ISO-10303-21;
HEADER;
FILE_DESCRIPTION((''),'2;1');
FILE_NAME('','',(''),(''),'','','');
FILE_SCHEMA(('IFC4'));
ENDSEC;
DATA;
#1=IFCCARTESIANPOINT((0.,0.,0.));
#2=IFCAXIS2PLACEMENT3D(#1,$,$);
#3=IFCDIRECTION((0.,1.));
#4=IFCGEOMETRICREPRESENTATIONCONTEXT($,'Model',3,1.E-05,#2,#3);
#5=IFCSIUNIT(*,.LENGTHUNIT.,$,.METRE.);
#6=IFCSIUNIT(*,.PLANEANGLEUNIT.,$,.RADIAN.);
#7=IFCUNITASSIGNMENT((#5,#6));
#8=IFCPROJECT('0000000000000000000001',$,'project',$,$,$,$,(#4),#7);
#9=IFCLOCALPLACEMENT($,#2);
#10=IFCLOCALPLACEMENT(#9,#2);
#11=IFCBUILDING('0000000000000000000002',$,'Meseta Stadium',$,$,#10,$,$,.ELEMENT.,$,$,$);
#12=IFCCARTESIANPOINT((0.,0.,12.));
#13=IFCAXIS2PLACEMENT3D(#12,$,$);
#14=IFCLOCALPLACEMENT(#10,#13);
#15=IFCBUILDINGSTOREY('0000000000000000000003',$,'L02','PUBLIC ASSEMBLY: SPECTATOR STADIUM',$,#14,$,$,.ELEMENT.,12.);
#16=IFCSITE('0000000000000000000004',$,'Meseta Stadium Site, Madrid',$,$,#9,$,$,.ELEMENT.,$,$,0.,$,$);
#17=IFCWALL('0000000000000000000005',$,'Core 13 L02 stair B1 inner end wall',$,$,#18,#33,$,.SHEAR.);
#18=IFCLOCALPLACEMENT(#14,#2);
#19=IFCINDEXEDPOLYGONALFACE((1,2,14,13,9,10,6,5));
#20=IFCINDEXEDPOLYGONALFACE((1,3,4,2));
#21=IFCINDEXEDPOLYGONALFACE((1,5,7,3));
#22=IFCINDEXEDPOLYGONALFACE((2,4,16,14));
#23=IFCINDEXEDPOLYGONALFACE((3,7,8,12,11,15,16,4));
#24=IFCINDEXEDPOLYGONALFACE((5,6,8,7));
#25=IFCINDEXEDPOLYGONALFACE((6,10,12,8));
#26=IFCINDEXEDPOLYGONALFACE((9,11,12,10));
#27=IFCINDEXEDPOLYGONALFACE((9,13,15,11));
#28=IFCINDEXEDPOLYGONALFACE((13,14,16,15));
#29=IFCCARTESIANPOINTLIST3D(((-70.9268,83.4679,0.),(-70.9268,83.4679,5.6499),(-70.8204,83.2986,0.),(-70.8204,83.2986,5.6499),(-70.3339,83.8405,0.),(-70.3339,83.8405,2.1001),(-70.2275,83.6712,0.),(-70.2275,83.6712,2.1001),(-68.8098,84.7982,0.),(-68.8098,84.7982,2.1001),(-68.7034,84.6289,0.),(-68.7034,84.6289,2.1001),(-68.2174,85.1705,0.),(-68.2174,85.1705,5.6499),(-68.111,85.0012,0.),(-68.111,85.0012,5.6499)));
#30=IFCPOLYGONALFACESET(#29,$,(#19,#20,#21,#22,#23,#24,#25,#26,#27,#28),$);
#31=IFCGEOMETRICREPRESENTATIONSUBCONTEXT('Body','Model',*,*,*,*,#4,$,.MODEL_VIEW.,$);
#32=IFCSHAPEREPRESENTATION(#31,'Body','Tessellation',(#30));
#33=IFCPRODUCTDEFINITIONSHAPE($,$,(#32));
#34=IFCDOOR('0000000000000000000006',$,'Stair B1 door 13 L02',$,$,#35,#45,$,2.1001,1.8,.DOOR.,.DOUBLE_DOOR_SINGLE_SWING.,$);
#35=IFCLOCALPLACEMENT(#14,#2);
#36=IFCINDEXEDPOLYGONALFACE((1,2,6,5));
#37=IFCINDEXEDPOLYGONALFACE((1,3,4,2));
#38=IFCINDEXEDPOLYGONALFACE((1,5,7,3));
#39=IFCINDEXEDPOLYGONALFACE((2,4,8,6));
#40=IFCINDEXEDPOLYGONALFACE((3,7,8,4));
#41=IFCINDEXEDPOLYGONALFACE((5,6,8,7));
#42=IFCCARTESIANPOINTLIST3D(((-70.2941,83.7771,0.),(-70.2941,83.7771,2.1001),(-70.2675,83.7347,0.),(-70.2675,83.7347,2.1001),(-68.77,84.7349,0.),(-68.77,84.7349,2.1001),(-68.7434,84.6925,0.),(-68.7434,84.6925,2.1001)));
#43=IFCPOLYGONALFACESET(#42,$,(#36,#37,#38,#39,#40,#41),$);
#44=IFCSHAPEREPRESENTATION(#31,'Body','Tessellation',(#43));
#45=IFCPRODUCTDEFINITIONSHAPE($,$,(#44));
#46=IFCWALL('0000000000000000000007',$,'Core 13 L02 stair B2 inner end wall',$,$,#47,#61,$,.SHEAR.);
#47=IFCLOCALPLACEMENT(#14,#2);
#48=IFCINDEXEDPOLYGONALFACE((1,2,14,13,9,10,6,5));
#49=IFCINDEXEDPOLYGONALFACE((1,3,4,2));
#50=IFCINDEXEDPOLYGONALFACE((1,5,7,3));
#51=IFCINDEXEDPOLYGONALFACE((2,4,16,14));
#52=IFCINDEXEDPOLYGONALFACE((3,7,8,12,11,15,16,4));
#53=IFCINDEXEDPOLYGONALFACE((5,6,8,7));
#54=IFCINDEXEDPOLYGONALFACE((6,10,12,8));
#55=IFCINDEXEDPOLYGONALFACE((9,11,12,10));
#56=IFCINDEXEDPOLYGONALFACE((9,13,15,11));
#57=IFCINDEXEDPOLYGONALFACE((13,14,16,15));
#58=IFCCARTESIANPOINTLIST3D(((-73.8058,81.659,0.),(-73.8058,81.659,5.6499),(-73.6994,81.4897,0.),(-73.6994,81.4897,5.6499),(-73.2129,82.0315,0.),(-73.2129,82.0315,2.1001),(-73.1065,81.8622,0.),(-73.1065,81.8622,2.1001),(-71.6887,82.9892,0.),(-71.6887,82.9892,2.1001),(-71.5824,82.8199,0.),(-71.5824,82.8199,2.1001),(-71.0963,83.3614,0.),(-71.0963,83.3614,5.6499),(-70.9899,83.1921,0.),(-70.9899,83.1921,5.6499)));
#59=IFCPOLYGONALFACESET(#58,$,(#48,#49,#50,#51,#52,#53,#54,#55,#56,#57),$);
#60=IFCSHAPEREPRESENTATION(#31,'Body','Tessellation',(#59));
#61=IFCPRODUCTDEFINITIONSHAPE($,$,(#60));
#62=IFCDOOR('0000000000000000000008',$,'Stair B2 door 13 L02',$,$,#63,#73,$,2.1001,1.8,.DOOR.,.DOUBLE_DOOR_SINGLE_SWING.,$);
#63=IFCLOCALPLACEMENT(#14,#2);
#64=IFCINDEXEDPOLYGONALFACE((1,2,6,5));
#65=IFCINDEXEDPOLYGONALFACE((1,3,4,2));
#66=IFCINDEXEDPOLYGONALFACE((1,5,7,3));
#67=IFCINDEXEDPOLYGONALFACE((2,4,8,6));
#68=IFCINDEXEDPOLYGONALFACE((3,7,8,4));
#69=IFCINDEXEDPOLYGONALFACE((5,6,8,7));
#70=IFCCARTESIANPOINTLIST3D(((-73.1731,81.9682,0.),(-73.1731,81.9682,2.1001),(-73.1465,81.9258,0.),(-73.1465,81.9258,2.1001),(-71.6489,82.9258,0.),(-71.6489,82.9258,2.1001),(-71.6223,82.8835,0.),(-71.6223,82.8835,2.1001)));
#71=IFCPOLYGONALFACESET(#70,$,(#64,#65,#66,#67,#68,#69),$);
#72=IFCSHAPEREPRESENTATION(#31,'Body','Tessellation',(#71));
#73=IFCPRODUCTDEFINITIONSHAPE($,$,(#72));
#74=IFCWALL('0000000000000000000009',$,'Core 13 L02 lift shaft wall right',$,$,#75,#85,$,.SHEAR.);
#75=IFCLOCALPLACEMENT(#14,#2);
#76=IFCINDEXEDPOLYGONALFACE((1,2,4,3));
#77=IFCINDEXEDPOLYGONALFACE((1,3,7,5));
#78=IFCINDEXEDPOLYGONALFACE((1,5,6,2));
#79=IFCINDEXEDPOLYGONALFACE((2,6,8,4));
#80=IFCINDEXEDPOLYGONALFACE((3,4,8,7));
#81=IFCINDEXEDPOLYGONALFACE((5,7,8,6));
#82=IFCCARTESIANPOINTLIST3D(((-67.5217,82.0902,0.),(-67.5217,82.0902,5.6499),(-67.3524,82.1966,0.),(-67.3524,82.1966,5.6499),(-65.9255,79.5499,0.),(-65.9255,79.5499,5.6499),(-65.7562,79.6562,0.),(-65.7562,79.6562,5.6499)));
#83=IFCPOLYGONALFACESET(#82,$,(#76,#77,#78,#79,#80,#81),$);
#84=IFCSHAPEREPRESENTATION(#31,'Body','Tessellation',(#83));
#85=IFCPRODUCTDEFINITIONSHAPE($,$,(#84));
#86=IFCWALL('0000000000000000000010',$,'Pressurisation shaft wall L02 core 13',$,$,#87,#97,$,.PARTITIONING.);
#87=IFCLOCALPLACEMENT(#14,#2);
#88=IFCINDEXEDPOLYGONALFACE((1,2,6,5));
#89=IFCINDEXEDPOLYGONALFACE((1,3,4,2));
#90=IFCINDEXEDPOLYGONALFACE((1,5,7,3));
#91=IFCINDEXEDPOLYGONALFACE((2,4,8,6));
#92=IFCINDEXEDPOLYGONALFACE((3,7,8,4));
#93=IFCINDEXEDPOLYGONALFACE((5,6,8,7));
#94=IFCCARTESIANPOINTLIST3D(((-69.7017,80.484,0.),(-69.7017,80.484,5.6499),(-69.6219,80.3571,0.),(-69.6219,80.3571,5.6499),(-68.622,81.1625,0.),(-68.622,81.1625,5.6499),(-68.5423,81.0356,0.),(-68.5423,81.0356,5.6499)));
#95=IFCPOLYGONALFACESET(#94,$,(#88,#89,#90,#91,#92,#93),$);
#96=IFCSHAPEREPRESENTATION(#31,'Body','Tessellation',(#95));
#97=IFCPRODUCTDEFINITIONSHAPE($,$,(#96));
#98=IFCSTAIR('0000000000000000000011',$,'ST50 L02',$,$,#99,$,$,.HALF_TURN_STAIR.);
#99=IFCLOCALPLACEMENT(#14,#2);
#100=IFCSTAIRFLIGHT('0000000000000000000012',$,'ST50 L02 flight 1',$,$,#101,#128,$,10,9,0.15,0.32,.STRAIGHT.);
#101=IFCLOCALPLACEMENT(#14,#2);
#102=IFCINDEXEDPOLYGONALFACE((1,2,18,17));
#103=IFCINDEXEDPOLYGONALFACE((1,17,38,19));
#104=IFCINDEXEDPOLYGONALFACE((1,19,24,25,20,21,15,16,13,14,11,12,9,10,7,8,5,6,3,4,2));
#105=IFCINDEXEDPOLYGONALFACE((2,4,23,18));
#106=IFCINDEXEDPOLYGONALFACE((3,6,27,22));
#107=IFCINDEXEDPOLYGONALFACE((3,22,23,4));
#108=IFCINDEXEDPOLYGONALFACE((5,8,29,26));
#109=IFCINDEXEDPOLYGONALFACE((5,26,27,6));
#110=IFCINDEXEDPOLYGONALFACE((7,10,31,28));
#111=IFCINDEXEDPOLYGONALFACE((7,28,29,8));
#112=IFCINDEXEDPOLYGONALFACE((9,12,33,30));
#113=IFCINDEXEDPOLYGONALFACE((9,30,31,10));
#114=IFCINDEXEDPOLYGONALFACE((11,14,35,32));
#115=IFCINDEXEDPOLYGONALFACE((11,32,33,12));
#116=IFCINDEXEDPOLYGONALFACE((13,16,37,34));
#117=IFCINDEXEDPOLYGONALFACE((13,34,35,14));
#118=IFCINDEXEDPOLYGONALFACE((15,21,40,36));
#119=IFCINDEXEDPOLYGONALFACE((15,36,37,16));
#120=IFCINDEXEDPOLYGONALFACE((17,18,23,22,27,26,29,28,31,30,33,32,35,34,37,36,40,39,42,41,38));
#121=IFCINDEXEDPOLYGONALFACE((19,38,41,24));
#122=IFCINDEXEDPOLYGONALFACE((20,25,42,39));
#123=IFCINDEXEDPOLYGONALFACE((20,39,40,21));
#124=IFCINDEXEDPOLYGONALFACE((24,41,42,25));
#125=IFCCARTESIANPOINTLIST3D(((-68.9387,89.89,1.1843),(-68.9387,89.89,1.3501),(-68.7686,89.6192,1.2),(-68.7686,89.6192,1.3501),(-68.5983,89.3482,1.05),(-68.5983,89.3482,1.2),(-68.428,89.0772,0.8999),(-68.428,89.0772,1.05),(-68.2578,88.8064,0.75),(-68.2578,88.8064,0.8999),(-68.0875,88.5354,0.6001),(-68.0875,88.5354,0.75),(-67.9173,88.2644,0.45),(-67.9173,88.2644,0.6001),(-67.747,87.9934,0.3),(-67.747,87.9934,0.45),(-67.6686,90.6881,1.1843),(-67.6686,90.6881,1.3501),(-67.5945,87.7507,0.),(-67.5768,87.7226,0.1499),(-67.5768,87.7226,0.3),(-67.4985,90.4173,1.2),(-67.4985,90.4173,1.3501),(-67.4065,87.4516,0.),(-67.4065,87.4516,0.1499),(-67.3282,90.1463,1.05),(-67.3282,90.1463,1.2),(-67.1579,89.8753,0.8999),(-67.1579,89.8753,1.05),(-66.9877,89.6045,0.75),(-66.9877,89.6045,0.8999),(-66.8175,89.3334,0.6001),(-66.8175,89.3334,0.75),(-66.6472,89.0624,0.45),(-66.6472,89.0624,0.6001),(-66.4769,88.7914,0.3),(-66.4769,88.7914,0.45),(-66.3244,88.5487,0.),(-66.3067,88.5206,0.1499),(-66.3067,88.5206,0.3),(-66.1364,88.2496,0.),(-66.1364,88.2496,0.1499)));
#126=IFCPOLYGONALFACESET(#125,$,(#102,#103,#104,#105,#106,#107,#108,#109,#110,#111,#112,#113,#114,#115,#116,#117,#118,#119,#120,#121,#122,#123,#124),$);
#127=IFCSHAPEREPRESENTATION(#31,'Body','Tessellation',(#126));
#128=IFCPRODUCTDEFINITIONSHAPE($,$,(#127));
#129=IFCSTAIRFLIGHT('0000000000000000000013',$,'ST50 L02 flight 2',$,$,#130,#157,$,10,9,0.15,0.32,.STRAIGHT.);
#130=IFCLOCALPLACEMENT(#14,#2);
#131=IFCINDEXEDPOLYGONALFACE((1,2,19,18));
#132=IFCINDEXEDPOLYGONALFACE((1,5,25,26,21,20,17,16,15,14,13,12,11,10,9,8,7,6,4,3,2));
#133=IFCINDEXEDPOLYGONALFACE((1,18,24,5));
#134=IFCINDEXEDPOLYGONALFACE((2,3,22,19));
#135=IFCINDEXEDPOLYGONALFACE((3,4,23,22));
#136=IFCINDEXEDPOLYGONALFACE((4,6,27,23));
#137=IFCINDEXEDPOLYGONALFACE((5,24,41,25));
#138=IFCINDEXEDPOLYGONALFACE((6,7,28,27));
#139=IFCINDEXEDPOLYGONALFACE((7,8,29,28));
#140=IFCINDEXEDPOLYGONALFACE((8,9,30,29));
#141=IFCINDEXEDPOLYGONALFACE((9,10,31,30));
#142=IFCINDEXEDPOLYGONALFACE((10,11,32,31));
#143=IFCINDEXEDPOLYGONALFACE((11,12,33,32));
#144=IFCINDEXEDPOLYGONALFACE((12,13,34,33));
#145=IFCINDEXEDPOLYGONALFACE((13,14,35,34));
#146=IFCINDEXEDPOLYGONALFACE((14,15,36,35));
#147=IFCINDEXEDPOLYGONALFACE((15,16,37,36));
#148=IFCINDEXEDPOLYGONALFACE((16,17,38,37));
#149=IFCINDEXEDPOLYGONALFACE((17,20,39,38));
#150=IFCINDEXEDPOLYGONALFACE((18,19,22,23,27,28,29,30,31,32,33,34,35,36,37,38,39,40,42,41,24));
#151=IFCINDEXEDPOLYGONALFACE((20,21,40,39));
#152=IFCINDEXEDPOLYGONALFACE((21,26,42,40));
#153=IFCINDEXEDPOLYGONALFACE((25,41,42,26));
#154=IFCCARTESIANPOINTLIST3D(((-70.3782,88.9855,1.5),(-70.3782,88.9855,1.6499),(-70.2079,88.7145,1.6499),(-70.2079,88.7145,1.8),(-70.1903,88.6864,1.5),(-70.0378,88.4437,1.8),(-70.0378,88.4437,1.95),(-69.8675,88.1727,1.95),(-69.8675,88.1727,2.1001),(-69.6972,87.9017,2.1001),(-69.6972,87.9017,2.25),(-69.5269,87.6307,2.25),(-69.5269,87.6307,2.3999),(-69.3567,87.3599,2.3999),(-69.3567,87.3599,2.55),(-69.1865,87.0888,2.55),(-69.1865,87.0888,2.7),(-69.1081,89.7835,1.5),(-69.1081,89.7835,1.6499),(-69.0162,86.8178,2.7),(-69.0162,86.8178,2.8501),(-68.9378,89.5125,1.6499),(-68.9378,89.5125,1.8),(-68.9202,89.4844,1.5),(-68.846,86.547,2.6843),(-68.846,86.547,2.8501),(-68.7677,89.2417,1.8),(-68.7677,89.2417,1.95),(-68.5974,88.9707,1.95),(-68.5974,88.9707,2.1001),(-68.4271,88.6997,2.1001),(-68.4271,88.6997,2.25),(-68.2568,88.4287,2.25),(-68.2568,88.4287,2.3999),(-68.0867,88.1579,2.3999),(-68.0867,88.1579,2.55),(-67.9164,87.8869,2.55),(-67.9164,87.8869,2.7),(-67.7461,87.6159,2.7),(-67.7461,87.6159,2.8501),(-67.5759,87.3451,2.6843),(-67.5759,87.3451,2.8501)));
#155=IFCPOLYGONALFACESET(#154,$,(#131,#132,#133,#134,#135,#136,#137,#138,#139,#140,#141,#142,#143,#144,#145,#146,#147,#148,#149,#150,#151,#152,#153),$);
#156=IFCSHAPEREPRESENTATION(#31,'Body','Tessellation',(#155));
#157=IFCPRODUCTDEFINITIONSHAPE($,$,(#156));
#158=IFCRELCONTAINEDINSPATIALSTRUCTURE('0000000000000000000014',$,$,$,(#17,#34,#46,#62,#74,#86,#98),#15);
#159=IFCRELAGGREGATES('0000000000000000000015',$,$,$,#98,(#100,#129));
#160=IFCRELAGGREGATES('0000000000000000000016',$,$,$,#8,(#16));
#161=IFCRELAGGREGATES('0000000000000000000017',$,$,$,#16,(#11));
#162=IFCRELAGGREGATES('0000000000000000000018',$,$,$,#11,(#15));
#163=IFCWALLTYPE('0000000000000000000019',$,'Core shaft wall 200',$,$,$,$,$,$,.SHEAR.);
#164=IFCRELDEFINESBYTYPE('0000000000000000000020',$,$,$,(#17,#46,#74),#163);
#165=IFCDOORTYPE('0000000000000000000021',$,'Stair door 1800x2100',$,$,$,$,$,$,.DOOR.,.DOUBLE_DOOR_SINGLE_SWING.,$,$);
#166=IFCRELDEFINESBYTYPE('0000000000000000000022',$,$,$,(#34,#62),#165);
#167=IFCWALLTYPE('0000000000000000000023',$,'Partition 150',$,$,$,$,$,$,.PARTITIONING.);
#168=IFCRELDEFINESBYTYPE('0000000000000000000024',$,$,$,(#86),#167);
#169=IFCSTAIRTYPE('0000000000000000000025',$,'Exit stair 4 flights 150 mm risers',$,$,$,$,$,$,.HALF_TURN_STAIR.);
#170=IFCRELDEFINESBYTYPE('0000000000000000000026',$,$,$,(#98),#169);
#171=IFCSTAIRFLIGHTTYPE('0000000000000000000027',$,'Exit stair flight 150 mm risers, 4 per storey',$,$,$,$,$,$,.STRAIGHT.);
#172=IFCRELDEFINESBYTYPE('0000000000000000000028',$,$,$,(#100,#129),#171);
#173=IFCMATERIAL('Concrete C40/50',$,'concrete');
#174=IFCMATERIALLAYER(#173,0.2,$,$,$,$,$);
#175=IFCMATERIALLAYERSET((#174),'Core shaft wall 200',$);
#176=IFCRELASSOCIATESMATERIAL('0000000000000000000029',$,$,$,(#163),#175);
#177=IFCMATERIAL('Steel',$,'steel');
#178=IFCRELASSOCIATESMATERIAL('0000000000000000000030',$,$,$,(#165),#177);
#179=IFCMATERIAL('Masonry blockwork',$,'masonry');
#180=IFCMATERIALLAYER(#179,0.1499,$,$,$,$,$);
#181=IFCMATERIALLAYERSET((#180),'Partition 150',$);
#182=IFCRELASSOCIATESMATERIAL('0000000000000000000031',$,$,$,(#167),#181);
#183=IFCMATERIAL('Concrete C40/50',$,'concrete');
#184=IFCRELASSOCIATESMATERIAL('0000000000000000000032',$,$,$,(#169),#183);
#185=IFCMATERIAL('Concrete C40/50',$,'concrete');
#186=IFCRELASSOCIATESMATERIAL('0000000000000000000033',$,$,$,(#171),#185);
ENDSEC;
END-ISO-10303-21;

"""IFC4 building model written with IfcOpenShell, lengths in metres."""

from ifc_helpers import new_model, si_unit, direction, frame, frame_2d, origin, place, context, subcontext, project, spatial, polyline, rectangle, outline, extrude, material, layer, layer_set, type_object, element, fill, aggregate, save


model = new_model("IFC4")

# Units and contexts
model_context = context("Model", 3, precision=1e-05, world=origin(), true_north=direction((0.0, 1.0)))
body_context = subcontext(model_context, "Body", "Model", "MODEL_VIEW")
ifc_project = project(units=[si_unit("LENGTHUNIT", "METRE"), si_unit("PLANEANGLEUNIT", "RADIAN")], contexts=[model_context])

# Site, building, storey
site_placement = place(None, origin())
site = spatial("IfcSite", under=ifc_project, at=site_placement, Name="Meseta Stadium Site, Madrid", CompositionType="ELEMENT", RefElevation=0.0)
building_placement = place(site_placement, origin())
building = spatial("IfcBuilding", under=site, at=building_placement, Name="Meseta Stadium", CompositionType="ELEMENT")
storey_placement = place(building_placement, frame((0.0, 0.0, 12.0)))
storey = spatial("IfcBuildingStorey", under=building, at=storey_placement, Name="L02", Description="PUBLIC ASSEMBLY: SPECTATOR STADIUM", CompositionType="ELEMENT", Elevation=12.0)

# Walls, openings, doors
ifc_material_1 = material(Name="Concrete C40/50", Category="concrete")
ifc_layer_1 = layer(ifc_material_1, 0.2)
ifc_layer_set_1 = layer_set([ifc_layer_1], Name="Core shaft wall 200")
wall_type_1 = type_object("IfcWallType", Name="Core shaft wall 200", PredefinedType="SHEAR", material=ifc_layer_set_1)
wall_1_placement = place(storey_placement, frame((-68.1641, 85.0859, 0.0), z_axis=(0.0, 0.0, 1.0), x_axis=(-0.846701, -0.532068, 0.0)))
wall_1 = element("IfcWall", 1, at=wall_1_placement, inside=storey, type_object=wall_type_1, Name="Core 13 L02 stair B1 inner end wall", PredefinedType="SHEAR", context=body_context, shape_type="SweptSolid", body=[
    extrude(rectangle(XDim=3.2, YDim=0.2, at=frame_2d((1.6001, 0.0))), origin(), (0.0, 0.0, 1.0), 5.6499),
])
opening_1_placement = place(wall_1_placement, frame((0.7, 0.0, 0.0)))
opening_1 = element("IfcOpeningElement", 2, at=opening_1_placement, cuts=wall_1, PredefinedType="OPENING", context=body_context, shape_type="SweptSolid", body=[
    extrude(rectangle(XDim=1.8, YDim=2.1001, at=frame_2d((0.8999, 1.05))), frame((0.0, 0.1099, 0.0), z_axis=(0.0, -1.0, 0.0), x_axis=(1.0, 0.0, 0.0)), (0.0, 0.0, 1.0), 0.22),
])
ifc_material_2 = material(Name="Steel", Category="steel")
door_type = type_object("IfcDoorType", Name="Stair door 1800x2100", OperationType="DOUBLE_DOOR_SINGLE_SWING", PredefinedType="DOOR", material=ifc_material_2)
door_1_placement = place(opening_1_placement, origin())
door_1 = element("IfcDoor", 3, at=door_1_placement, inside=storey, type_object=door_type, Name="Stair B1 door 13 L02", OperationType="DOUBLE_DOOR_SINGLE_SWING", OverallHeight=2.1001, OverallWidth=1.8, PredefinedType="DOOR", context=body_context, shape_type="SweptSolid", body=[
    extrude(rectangle(XDim=1.8, YDim=2.1001, at=frame_2d((0.8999, 1.05))), frame((0.0, 0.0249, 0.0), z_axis=(0.0, -1.0, 0.0), x_axis=(1.0, 0.0, 0.0)), (0.0, 0.0, 1.0), 0.05),
])
fill(opening_1, door_1)
wall_2_placement = place(storey_placement, frame((-71.043, 83.2769, 0.0), z_axis=(0.0, 0.0, 1.0), x_axis=(-0.846736, -0.532014, 0.0)))
wall_2 = element("IfcWall", 4, at=wall_2_placement, inside=storey, type_object=wall_type_1, Name="Core 13 L02 stair B2 inner end wall", PredefinedType="SHEAR", context=body_context, shape_type="SweptSolid", body=[
    extrude(rectangle(XDim=3.2, YDim=0.2, at=frame_2d((1.6001, 0.0))), origin(), (0.0, 0.0, 1.0), 5.6499),
])
opening_2_placement = place(wall_2_placement, frame((0.7, 0.0, 0.0)))
opening_2 = element("IfcOpeningElement", 5, at=opening_2_placement, cuts=wall_2, PredefinedType="OPENING", context=body_context, shape_type="SweptSolid", body=[
    extrude(rectangle(XDim=1.8, YDim=2.1001, at=frame_2d((0.8999, 1.05))), frame((0.0, 0.1099, 0.0), z_axis=(0.0, -1.0, 0.0), x_axis=(1.0, 0.0, 0.0)), (0.0, 0.0, 1.0), 0.22),
])
door_2_placement = place(opening_2_placement, origin())
door_2 = element("IfcDoor", 6, at=door_2_placement, inside=storey, type_object=door_type, Name="Stair B2 door 13 L02", OperationType="DOUBLE_DOOR_SINGLE_SWING", OverallHeight=2.1001, OverallWidth=1.8, PredefinedType="DOOR", context=body_context, shape_type="SweptSolid", body=[
    extrude(rectangle(XDim=1.8, YDim=2.1001, at=frame_2d((0.8999, 1.05))), frame((0.0, 0.0249, 0.0), z_axis=(0.0, -1.0, 0.0), x_axis=(1.0, 0.0, 0.0)), (0.0, 0.0, 1.0), 0.05),
])
fill(opening_2, door_2)

# Walls
wall_3_placement = place(storey_placement, frame((-67.437, 82.1433, 0.0), z_axis=(0.0, 0.0, 1.0), x_axis=(0.532038, -0.84672, 0.0)))
element("IfcWall", 7, at=wall_3_placement, inside=storey, type_object=wall_type_1, Name="Core 13 L02 lift shaft wall right", PredefinedType="SHEAR", context=body_context, shape_type="SweptSolid", body=[
    extrude(rectangle(XDim=3.0002, YDim=0.2, at=frame_2d((1.5, 0.0))), origin(), (0.0, 0.0, 1.0), 5.6499),
])
ifc_material_3 = material(Name="Masonry blockwork", Category="masonry")
ifc_layer_2 = layer(ifc_material_3, 0.1499)
ifc_layer_set_2 = layer_set([ifc_layer_2], Name="Partition 150")
wall_type_2 = type_object("IfcWallType", Name="Partition 150", PredefinedType="PARTITIONING", material=ifc_layer_set_2)
wall_4_placement = place(storey_placement, frame((-68.582, 81.0991, 0.0), z_axis=(0.0, 0.0, 1.0), x_axis=(-0.846683, -0.532097, 0.0)))
element("IfcWall", 8, at=wall_4_placement, inside=storey, type_object=wall_type_2, Name="Pressurisation shaft wall L02 core 13", PredefinedType="PARTITIONING", context=body_context, shape_type="SweptSolid", body=[
    extrude(rectangle(XDim=1.2751, YDim=0.1499, at=frame_2d((0.6377, 0.0))), origin(), (0.0, 0.0, 1.0), 5.6499),
])

# Stair, stair flights
ifc_material_4 = material(Name="Concrete C40/50", Category="concrete")
stair_type = type_object("IfcStairType", Name="Exit stair 4 flights 150 mm risers", PredefinedType="HALF_TURN_STAIR", material=ifc_material_4)
stair_1_placement = place(storey_placement, origin())
stair_1 = element("IfcStair", 9, at=stair_1_placement, inside=storey, type_object=stair_type, Name="ST50 L02", PredefinedType="HALF_TURN_STAIR")
ifc_material_5 = material(Name="Concrete C40/50", Category="concrete")
stair_flight_type = type_object("IfcStairFlightType", Name="Exit stair flight 150 mm risers, 4 per storey", PredefinedType="STRAIGHT", material=ifc_material_5)
stair_flight_1_placement = place(storey_placement, frame((-66.7715, 87.8506, 0.0), z_axis=(0.0, 0.0, 1.0), x_axis=(-0.532032, 0.846724, 0.0)))
stair_flight_1 = element("IfcStairFlight", 10, at=stair_flight_1_placement, type_object=stair_flight_type, Name="ST50 L02 flight 1", NumberOfRisers=10, NumberOfTreads=9, PredefinedType="STRAIGHT", RiserHeight=0.15, TreadLength=0.32, context=body_context, shape_type="SweptSolid", body=[
    extrude(outline(polyline([(0.0, 0.0), (0.0, 0.1499), (0.3201, 0.1499), (0.3201, 0.3), (0.6399, 0.3), (0.6399, 0.45), (0.96, 0.45), (0.96, 0.6001), (1.28, 0.6001), (1.28, 0.75), (1.6001, 0.75), (1.6001, 0.8999), (1.9199, 0.8999), (1.9199, 1.05), (2.24, 1.05), (2.24, 1.2), (2.5601, 1.2), (2.5601, 1.3501), (2.8799, 1.3501), (2.8799, 1.1843), (0.3533, 0.0), (0.0, 0.0)])), frame((0.0, 0.75, 0.0), z_axis=(0.0, -1.0, 0.0), x_axis=(1.0, 0.0, 0.0)), (0.0, 0.0, 1.0), 1.5),
])
stair_flight_2_placement = place(storey_placement, frame((-69.7432, 89.3845, 1.5), z_axis=(0.0, 0.0, 1.0), x_axis=(0.532032, -0.846724, 0.0)))
stair_flight_2 = element("IfcStairFlight", 11, at=stair_flight_2_placement, type_object=stair_flight_type, Name="ST50 L02 flight 2", NumberOfRisers=10, NumberOfTreads=9, PredefinedType="STRAIGHT", RiserHeight=0.15, TreadLength=0.32, context=body_context, shape_type="SweptSolid", body=[
    extrude(outline(polyline([(0.0, 0.0), (0.0, 0.1499), (0.3201, 0.1499), (0.3201, 0.3), (0.6399, 0.3), (0.6399, 0.45), (0.96, 0.45), (0.96, 0.6001), (1.28, 0.6001), (1.28, 0.75), (1.6001, 0.75), (1.6001, 0.8999), (1.9199, 0.8999), (1.9199, 1.05), (2.24, 1.05), (2.24, 1.2), (2.5601, 1.2), (2.5601, 1.3501), (2.8799, 1.3501), (2.8799, 1.1843), (0.3533, 0.0), (0.0, 0.0)])), frame((0.0, 0.75, 0.0), z_axis=(0.0, -1.0, 0.0), x_axis=(1.0, 0.0, 0.0)), (0.0, 0.0, 1.0), 1.5),
])
aggregate(stair_1, [stair_flight_1, stair_flight_2])

save(model, "model.ifc")
